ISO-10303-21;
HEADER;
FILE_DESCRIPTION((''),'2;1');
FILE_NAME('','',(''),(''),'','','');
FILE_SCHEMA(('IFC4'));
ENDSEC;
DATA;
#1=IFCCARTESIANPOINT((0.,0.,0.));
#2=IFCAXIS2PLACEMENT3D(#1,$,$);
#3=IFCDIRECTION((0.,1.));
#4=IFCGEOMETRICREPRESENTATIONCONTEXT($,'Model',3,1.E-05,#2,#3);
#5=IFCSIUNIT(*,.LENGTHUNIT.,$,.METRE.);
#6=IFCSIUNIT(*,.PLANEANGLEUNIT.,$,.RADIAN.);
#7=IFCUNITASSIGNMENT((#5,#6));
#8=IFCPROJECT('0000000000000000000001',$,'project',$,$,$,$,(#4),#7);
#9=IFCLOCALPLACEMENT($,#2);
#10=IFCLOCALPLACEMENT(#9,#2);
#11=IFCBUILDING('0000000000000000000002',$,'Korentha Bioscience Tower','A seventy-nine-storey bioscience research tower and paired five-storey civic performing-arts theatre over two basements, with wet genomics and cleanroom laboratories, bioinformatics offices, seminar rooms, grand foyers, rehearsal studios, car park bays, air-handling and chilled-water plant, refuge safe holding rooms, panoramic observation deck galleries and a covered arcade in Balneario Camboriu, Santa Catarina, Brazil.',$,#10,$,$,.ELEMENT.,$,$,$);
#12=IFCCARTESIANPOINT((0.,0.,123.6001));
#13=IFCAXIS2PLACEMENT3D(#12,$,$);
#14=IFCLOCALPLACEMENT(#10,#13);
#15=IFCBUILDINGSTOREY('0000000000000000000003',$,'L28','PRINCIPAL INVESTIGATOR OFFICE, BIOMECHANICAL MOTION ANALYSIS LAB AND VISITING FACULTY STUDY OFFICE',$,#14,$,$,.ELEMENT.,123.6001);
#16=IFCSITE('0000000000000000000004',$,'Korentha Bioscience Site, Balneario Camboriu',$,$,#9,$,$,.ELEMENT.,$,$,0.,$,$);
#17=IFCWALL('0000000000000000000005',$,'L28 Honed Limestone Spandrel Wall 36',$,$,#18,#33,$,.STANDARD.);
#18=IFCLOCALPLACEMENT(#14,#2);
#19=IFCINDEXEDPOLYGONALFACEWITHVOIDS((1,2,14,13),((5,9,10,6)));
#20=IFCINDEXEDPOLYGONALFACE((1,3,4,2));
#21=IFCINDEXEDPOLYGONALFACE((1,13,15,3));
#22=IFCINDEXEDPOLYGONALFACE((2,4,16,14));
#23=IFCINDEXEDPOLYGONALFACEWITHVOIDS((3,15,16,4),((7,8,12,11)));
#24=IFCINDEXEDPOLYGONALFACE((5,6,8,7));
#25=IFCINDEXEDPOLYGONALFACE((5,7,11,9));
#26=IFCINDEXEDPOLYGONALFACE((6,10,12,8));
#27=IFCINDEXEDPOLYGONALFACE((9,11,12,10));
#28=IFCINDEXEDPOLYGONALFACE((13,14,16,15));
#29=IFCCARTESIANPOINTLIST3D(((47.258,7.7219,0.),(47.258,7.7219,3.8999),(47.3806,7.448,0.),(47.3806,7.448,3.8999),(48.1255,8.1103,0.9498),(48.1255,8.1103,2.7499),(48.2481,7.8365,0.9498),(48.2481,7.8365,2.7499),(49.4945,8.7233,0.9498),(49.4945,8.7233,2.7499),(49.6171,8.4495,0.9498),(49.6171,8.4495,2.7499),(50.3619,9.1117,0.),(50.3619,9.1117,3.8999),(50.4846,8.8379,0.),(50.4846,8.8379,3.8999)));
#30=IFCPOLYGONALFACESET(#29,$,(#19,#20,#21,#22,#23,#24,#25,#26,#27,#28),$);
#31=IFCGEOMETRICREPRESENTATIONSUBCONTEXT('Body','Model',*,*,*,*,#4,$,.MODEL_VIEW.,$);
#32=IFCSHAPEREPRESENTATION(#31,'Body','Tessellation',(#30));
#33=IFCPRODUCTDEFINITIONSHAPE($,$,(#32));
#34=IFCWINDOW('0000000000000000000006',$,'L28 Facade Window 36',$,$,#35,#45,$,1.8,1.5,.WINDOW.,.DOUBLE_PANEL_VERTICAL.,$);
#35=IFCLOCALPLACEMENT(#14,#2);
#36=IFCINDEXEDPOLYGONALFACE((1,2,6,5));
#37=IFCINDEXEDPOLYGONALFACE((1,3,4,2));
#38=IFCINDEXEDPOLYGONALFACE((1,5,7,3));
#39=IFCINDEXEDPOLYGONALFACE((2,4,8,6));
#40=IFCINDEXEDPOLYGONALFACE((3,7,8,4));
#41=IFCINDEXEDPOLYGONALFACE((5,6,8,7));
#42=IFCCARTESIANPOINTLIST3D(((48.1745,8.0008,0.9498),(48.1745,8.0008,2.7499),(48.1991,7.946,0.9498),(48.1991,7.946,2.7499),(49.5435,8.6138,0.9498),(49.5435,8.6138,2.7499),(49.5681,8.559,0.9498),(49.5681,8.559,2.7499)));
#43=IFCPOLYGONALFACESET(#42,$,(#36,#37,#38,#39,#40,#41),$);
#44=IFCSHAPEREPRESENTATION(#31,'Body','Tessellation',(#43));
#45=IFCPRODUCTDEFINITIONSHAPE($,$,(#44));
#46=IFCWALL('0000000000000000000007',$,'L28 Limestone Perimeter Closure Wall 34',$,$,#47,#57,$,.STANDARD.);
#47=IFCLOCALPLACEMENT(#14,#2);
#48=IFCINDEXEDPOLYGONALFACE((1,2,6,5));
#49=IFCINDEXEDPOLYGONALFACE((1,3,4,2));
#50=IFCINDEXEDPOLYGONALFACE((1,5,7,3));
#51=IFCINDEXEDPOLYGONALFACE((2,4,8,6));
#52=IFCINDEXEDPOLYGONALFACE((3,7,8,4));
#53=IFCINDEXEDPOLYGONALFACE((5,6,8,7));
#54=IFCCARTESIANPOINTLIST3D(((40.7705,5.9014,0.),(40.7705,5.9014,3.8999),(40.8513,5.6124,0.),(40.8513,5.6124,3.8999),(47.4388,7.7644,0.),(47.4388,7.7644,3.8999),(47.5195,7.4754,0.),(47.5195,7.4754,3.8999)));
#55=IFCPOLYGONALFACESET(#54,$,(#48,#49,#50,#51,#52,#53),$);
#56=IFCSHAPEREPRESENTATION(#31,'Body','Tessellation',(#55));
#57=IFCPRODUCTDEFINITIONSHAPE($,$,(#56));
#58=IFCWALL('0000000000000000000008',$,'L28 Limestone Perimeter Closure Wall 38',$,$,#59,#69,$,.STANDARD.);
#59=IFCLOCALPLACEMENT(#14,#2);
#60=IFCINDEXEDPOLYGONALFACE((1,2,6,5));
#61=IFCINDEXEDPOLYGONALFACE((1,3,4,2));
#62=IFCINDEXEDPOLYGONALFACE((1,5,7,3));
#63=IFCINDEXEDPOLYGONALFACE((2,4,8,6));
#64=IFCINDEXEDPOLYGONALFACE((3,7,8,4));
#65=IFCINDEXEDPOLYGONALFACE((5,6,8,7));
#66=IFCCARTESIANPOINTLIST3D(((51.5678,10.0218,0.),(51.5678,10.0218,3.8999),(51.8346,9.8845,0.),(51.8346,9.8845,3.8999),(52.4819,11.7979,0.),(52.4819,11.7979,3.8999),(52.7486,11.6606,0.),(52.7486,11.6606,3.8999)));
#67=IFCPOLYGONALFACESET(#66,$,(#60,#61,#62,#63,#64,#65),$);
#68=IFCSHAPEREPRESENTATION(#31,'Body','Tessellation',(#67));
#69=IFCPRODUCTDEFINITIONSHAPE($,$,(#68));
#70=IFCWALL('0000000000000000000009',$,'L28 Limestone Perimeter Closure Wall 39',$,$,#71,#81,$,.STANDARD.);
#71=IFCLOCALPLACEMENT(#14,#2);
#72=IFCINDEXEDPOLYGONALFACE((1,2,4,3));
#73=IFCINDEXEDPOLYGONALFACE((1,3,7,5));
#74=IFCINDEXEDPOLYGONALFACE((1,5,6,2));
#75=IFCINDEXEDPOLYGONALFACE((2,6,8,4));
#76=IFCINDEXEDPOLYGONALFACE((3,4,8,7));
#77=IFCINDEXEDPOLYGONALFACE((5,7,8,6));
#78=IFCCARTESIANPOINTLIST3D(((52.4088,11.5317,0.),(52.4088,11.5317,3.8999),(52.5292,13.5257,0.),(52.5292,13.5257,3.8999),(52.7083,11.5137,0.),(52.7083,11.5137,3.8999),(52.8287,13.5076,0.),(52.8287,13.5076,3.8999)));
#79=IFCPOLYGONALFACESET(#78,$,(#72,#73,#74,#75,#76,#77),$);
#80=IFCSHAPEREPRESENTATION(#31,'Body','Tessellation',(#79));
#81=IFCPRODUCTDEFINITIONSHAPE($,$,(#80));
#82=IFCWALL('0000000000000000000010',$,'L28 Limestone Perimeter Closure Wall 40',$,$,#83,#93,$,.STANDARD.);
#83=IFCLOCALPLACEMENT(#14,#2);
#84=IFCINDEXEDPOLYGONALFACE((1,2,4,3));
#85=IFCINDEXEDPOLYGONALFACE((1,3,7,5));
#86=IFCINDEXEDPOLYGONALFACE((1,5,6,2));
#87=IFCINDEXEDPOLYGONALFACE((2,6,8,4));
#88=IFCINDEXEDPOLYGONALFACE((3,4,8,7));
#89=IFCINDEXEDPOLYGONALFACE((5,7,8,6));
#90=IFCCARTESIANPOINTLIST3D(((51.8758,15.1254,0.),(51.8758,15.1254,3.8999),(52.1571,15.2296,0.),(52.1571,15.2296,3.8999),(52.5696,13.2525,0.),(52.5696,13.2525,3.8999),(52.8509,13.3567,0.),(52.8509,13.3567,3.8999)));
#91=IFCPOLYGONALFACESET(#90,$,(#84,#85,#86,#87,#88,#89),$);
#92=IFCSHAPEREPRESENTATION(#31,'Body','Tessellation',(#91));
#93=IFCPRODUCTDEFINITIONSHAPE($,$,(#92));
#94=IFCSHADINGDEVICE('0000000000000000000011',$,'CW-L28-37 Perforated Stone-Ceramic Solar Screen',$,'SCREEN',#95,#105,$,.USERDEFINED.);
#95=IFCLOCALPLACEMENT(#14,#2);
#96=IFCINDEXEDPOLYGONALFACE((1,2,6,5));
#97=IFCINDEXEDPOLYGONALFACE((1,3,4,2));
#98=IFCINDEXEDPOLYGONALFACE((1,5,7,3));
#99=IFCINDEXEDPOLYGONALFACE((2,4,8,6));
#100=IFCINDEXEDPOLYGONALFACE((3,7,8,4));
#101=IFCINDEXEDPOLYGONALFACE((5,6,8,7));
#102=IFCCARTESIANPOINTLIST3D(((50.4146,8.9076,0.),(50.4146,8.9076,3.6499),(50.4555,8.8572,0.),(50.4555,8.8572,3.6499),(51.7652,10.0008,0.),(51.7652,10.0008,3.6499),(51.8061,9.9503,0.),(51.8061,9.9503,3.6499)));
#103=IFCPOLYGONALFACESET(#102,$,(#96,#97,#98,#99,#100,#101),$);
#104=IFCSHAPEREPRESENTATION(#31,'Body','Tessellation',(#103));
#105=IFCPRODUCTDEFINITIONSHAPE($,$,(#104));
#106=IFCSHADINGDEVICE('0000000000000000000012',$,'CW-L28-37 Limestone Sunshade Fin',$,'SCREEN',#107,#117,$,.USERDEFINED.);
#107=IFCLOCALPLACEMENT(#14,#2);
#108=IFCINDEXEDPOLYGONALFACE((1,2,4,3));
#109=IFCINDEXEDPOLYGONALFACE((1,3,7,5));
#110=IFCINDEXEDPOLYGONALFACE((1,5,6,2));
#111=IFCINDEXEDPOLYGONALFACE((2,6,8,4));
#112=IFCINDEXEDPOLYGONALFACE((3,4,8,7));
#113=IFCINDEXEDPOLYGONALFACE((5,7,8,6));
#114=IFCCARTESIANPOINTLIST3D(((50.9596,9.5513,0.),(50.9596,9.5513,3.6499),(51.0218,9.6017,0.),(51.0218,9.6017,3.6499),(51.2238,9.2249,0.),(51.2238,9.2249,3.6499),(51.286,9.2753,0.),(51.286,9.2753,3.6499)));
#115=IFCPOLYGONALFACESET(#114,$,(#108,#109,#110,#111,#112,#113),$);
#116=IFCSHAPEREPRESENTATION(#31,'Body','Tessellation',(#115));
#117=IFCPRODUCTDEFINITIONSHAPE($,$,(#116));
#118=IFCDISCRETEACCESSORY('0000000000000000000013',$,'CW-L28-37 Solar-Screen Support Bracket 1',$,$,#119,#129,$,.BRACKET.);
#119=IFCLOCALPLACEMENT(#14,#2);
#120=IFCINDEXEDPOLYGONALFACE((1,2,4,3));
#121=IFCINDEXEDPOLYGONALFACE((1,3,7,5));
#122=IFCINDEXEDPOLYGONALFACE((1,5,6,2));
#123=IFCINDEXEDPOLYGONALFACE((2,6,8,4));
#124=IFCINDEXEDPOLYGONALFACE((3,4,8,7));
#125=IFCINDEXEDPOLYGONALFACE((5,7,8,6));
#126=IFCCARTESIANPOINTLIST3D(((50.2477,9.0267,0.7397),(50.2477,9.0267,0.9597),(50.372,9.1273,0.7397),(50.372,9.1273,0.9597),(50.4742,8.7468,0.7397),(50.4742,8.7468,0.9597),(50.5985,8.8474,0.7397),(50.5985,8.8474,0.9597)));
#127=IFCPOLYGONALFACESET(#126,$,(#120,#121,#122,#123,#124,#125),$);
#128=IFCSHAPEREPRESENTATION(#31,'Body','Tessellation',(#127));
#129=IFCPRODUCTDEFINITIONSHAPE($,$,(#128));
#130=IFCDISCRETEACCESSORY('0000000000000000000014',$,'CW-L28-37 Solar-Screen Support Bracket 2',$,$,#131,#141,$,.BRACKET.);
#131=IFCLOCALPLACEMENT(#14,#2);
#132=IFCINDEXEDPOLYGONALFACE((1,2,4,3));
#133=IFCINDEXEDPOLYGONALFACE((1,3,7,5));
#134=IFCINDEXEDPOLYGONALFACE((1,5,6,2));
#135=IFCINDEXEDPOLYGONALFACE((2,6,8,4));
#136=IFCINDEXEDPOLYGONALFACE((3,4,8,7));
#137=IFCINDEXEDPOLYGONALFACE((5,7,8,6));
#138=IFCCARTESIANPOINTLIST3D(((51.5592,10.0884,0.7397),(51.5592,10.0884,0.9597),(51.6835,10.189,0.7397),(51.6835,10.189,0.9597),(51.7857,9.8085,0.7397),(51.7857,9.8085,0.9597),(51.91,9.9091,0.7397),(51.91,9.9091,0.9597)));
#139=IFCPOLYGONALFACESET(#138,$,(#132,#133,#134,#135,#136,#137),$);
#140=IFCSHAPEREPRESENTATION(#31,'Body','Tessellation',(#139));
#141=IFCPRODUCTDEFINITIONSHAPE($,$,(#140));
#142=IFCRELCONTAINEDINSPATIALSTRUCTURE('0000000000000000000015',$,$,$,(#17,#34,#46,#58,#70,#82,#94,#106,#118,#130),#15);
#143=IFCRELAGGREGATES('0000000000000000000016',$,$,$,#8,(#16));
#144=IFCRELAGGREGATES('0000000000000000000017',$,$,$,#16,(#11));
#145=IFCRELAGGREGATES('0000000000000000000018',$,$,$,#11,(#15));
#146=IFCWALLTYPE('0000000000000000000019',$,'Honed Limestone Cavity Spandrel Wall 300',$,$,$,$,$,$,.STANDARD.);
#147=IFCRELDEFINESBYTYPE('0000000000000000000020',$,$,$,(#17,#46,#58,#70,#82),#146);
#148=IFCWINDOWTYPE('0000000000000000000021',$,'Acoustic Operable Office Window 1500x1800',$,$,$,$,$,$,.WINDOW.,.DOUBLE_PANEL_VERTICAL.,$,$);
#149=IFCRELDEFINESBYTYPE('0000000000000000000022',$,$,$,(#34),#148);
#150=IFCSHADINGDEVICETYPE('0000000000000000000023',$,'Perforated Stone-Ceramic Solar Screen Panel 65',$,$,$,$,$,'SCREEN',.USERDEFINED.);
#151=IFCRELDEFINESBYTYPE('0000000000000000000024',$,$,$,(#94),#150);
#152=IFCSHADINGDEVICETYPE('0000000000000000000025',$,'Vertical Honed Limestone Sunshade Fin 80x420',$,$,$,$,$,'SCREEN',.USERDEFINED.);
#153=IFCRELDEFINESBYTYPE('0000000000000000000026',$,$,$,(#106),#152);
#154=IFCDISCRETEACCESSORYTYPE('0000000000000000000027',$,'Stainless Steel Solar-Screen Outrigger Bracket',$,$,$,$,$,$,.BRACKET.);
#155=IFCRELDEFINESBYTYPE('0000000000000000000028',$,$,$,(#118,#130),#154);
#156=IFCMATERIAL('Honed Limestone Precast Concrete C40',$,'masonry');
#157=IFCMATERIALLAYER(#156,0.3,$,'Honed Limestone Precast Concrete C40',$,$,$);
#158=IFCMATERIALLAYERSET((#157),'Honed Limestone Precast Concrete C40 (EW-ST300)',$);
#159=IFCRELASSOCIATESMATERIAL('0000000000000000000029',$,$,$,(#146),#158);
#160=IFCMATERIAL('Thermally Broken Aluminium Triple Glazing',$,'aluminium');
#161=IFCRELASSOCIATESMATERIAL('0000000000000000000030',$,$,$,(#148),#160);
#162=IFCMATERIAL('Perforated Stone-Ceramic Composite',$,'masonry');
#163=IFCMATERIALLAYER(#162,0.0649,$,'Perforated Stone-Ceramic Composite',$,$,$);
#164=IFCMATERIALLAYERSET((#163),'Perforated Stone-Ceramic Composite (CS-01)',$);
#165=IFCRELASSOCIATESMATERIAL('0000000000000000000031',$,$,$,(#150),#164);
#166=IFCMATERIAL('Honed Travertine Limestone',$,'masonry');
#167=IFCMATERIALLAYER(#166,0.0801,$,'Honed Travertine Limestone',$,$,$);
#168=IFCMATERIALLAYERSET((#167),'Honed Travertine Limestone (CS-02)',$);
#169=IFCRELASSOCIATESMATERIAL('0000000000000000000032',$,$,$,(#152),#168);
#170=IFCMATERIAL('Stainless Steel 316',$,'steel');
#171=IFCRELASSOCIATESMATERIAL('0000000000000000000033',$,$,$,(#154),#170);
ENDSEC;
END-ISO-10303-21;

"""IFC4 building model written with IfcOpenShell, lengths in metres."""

from ifc_helpers import new_model, si_unit, direction, frame, frame_2d, origin, origin_2d, place, context, subcontext, project, spatial, rectangle, extrude, material, layer, layer_set, type_object, element, fill, save


model = new_model("IFC4")

# Units and contexts
model_context = context("Model", 3, precision=1e-05, world=origin(), true_north=direction((0.0, 1.0)))
body_context = subcontext(model_context, "Body", "Model", "MODEL_VIEW")
ifc_project = project(units=[si_unit("LENGTHUNIT", "METRE"), si_unit("PLANEANGLEUNIT", "RADIAN")], contexts=[model_context])

# Site, building, storey
site_placement = place(None, origin())
site = spatial("IfcSite", under=ifc_project, at=site_placement, Name="Korentha Bioscience Site, Balneario Camboriu", CompositionType="ELEMENT", RefElevation=0.0)
building_placement = place(site_placement, origin())
building = spatial("IfcBuilding", under=site, at=building_placement, Name="Korentha Bioscience Tower", Description="A seventy-nine-storey bioscience research tower and paired five-storey civic performing-arts theatre over two basements, with wet genomics and cleanroom laboratories, bioinformatics offices, seminar rooms, grand foyers, rehearsal studios, car park bays, air-handling and chilled-water plant, refuge safe holding rooms, panoramic observation deck galleries and a covered arcade in Balneario Camboriu, Santa Catarina, Brazil.", CompositionType="ELEMENT")
storey_placement = place(building_placement, frame((0.0, 0.0, 123.6001)))
storey = spatial("IfcBuildingStorey", under=building, at=storey_placement, Name="L28", Description="PRINCIPAL INVESTIGATOR OFFICE, BIOMECHANICAL MOTION ANALYSIS LAB AND VISITING FACULTY STUDY OFFICE", CompositionType="ELEMENT", Elevation=123.6001)

# Wall, opening, window
ifc_material_1 = material(Name="Honed Limestone Precast Concrete C40", Category="masonry")
ifc_layer_1 = layer(ifc_material_1, 0.3, Name="Honed Limestone Precast Concrete C40")
ifc_layer_set_1 = layer_set([ifc_layer_1], Name="Honed Limestone Precast Concrete C40 (EW-ST300)")
wall_type = type_object("IfcWallType", Name="Honed Limestone Cavity Spandrel Wall 300", PredefinedType="STANDARD", material=ifc_layer_set_1)
wall_1_placement = place(storey_placement, frame((47.3193, 7.585, 0.0), z_axis=(0.0, 0.0, 1.0), x_axis=(0.91268, 0.408675, 0.0)))
wall_1 = element("IfcWall", 1, at=wall_1_placement, inside=storey, type_object=wall_type, Name="L28 Honed Limestone Spandrel Wall 36", PredefinedType="STANDARD", context=body_context, shape_type="SweptSolid", body=[
    extrude(rectangle(XDim=3.4009, YDim=0.3, at=frame_2d((1.7004, 0.0))), origin(), (0.0, 0.0, 1.0), 3.8999),
])
opening_placement = place(wall_1_placement, frame((0.9504, 0.0, 0.95)))
opening = element("IfcOpeningElement", 2, at=opening_placement, cuts=wall_1, PredefinedType="OPENING", context=body_context, shape_type="SweptSolid", body=[
    extrude(rectangle(XDim=1.5, YDim=1.8, at=frame_2d((0.75, 0.8999))), frame((0.0, 0.165, 0.0), z_axis=(0.0, -1.0, 0.0), x_axis=(1.0, 0.0, 0.0)), (0.0, 0.0, 1.0), 0.3298),
])
ifc_material_2 = material(Name="Thermally Broken Aluminium Triple Glazing", Category="aluminium")
window_type = type_object("IfcWindowType", Name="Acoustic Operable Office Window 1500x1800", PartitioningType="DOUBLE_PANEL_VERTICAL", PredefinedType="WINDOW", material=ifc_material_2)
window_placement = place(opening_placement, origin())
window = element("IfcWindow", 3, at=window_placement, inside=storey, type_object=window_type, Name="L28 Facade Window 36", OverallHeight=1.8, OverallWidth=1.5, PartitioningType="DOUBLE_PANEL_VERTICAL", PredefinedType="WINDOW", context=body_context, shape_type="SweptSolid", body=[
    extrude(rectangle(XDim=1.5, YDim=1.8, at=frame_2d((0.75, 0.8999))), frame((0.0, 0.03, 0.0), z_axis=(0.0, -1.0, 0.0), x_axis=(1.0, 0.0, 0.0)), (0.0, 0.0, 1.0), 0.0601),
])
fill(opening, window)

# Walls
wall_2_placement = place(storey_placement, frame((40.8108, 5.7568, 0.0), z_axis=(0.0, 0.0, 1.0), x_axis=(0.963116, 0.269086, 0.0)))
element("IfcWall", 4, at=wall_2_placement, inside=storey, type_object=wall_type, Name="L28 Limestone Perimeter Closure Wall 34", PredefinedType="STANDARD", context=body_context, shape_type="SweptSolid", body=[
    extrude(rectangle(XDim=6.9236, YDim=0.3, at=frame_2d((3.4619, 0.0))), origin(), (0.0, 0.0, 1.0), 3.8999),
])
for number, where, z_axis, x_axis, name in (
    (5, (51.7012, 9.9531, 0.0), (0.0, 0.0, 1.0), (0.457597, 0.88916, 0.0), "L28 Limestone Perimeter Closure Wall 38"),
    (6, (52.5586, 11.5227, 0.0), (0.0, 0.0, 1.0), (0.060255, 0.998183, 0.0), "L28 Limestone Perimeter Closure Wall 39"),
):
    element("IfcWall", number, at=place(storey_placement, frame(where, z_axis=z_axis, x_axis=x_axis)), inside=storey, type_object=wall_type, Name=name, PredefinedType="STANDARD", context=body_context, shape_type="SweptSolid", body=[
        extrude(rectangle(XDim=1.9976, YDim=0.3, at=frame_2d((0.9988, 0.0))), origin(), (0.0, 0.0, 1.0), 3.8999),
    ])
wall_3_placement = place(storey_placement, frame((52.7102, 13.3047, 0.0), z_axis=(0.0, 0.0, 1.0), x_axis=(-0.34737, 0.937728, 0.0)))
element("IfcWall", 7, at=wall_3_placement, inside=storey, type_object=wall_type, Name="L28 Limestone Perimeter Closure Wall 40", PredefinedType="STANDARD", context=body_context, shape_type="SweptSolid", body=[
    extrude(rectangle(XDim=1.9973, YDim=0.3, at=frame_2d((0.9985, 0.0))), origin(), (0.0, 0.0, 1.0), 3.8999),
])

# Shading devices
ifc_material_3 = material(Name="Perforated Stone-Ceramic Composite", Category="masonry")
ifc_layer_2 = layer(ifc_material_3, 0.0649, Name="Perforated Stone-Ceramic Composite")
ifc_layer_set_2 = layer_set([ifc_layer_2], Name="Perforated Stone-Ceramic Composite (CS-01)")
shading_device_type_1 = type_object("IfcShadingDeviceType", Name="Perforated Stone-Ceramic Solar Screen Panel 65", ElementType="SCREEN", PredefinedType="USERDEFINED", material=ifc_layer_set_2)
shading_device_1_placement = place(storey_placement, frame((51.1104, 9.429, 0.0), z_axis=(0.0, 0.0, 1.0), x_axis=(0.777315, 0.629111, 0.0)))
element("IfcShadingDevice", 8, at=shading_device_1_placement, inside=storey, type_object=shading_device_type_1, Name="CW-L28-37 Perforated Stone-Ceramic Solar Screen", ObjectType="SCREEN", PredefinedType="USERDEFINED", context=body_context, shape_type="SweptSolid", body=[
    extrude(rectangle(XDim=1.7375, YDim=0.0649, at=origin_2d()), origin(), (0.0, 0.0, 1.0), 3.6499),
])
ifc_material_4 = material(Name="Honed Travertine Limestone", Category="masonry")
ifc_layer_3 = layer(ifc_material_4, 0.0801, Name="Honed Travertine Limestone")
ifc_layer_set_3 = layer_set([ifc_layer_3], Name="Honed Travertine Limestone (CS-02)")
shading_device_type_2 = type_object("IfcShadingDeviceType", Name="Vertical Honed Limestone Sunshade Fin 80x420", ElementType="SCREEN", PredefinedType="USERDEFINED", material=ifc_layer_set_3)
shading_device_2_placement = place(storey_placement, frame((51.1228, 9.4133, 0.0), z_axis=(0.0, 0.0, 1.0), x_axis=(0.777315, 0.629111, 0.0)))
element("IfcShadingDevice", 9, at=shading_device_2_placement, inside=storey, type_object=shading_device_type_2, Name="CW-L28-37 Limestone Sunshade Fin", ObjectType="SCREEN", PredefinedType="USERDEFINED", context=body_context, shape_type="SweptSolid", body=[
    extrude(rectangle(XDim=0.0801, YDim=0.4199, at=origin_2d()), origin(), (0.0, 0.0, 1.0), 3.6499),
])

# Discrete accessories
ifc_material_5 = material(Name="Stainless Steel 316", Category="steel")
discrete_accessory_type = type_object("IfcDiscreteAccessoryType", Name="Stainless Steel Solar-Screen Outrigger Bracket", PredefinedType="BRACKET", material=ifc_material_5)
for number, where, z_axis, x_axis, name in (
    (10, (50.4231, 8.937, 0.7397), (0.0, 0.0, 1.0), (0.777315, 0.629111, 0.0), "CW-L28-37 Solar-Screen Support Bracket 1"),
    (11, (51.7346, 9.9988, 0.7397), (0.0, 0.0, 1.0), (0.777315, 0.629111, 0.0), "CW-L28-37 Solar-Screen Support Bracket 2"),
):
    element("IfcDiscreteAccessory", number, at=place(storey_placement, frame(where, z_axis=z_axis, x_axis=x_axis)), inside=storey, type_object=discrete_accessory_type, Name=name, PredefinedType="BRACKET", context=body_context, shape_type="SweptSolid", body=[
        extrude(rectangle(XDim=0.1599, YDim=0.3601, at=origin_2d()), origin(), (0.0, 0.0, 1.0), 0.22),
    ])

save(model, "model.ifc")
